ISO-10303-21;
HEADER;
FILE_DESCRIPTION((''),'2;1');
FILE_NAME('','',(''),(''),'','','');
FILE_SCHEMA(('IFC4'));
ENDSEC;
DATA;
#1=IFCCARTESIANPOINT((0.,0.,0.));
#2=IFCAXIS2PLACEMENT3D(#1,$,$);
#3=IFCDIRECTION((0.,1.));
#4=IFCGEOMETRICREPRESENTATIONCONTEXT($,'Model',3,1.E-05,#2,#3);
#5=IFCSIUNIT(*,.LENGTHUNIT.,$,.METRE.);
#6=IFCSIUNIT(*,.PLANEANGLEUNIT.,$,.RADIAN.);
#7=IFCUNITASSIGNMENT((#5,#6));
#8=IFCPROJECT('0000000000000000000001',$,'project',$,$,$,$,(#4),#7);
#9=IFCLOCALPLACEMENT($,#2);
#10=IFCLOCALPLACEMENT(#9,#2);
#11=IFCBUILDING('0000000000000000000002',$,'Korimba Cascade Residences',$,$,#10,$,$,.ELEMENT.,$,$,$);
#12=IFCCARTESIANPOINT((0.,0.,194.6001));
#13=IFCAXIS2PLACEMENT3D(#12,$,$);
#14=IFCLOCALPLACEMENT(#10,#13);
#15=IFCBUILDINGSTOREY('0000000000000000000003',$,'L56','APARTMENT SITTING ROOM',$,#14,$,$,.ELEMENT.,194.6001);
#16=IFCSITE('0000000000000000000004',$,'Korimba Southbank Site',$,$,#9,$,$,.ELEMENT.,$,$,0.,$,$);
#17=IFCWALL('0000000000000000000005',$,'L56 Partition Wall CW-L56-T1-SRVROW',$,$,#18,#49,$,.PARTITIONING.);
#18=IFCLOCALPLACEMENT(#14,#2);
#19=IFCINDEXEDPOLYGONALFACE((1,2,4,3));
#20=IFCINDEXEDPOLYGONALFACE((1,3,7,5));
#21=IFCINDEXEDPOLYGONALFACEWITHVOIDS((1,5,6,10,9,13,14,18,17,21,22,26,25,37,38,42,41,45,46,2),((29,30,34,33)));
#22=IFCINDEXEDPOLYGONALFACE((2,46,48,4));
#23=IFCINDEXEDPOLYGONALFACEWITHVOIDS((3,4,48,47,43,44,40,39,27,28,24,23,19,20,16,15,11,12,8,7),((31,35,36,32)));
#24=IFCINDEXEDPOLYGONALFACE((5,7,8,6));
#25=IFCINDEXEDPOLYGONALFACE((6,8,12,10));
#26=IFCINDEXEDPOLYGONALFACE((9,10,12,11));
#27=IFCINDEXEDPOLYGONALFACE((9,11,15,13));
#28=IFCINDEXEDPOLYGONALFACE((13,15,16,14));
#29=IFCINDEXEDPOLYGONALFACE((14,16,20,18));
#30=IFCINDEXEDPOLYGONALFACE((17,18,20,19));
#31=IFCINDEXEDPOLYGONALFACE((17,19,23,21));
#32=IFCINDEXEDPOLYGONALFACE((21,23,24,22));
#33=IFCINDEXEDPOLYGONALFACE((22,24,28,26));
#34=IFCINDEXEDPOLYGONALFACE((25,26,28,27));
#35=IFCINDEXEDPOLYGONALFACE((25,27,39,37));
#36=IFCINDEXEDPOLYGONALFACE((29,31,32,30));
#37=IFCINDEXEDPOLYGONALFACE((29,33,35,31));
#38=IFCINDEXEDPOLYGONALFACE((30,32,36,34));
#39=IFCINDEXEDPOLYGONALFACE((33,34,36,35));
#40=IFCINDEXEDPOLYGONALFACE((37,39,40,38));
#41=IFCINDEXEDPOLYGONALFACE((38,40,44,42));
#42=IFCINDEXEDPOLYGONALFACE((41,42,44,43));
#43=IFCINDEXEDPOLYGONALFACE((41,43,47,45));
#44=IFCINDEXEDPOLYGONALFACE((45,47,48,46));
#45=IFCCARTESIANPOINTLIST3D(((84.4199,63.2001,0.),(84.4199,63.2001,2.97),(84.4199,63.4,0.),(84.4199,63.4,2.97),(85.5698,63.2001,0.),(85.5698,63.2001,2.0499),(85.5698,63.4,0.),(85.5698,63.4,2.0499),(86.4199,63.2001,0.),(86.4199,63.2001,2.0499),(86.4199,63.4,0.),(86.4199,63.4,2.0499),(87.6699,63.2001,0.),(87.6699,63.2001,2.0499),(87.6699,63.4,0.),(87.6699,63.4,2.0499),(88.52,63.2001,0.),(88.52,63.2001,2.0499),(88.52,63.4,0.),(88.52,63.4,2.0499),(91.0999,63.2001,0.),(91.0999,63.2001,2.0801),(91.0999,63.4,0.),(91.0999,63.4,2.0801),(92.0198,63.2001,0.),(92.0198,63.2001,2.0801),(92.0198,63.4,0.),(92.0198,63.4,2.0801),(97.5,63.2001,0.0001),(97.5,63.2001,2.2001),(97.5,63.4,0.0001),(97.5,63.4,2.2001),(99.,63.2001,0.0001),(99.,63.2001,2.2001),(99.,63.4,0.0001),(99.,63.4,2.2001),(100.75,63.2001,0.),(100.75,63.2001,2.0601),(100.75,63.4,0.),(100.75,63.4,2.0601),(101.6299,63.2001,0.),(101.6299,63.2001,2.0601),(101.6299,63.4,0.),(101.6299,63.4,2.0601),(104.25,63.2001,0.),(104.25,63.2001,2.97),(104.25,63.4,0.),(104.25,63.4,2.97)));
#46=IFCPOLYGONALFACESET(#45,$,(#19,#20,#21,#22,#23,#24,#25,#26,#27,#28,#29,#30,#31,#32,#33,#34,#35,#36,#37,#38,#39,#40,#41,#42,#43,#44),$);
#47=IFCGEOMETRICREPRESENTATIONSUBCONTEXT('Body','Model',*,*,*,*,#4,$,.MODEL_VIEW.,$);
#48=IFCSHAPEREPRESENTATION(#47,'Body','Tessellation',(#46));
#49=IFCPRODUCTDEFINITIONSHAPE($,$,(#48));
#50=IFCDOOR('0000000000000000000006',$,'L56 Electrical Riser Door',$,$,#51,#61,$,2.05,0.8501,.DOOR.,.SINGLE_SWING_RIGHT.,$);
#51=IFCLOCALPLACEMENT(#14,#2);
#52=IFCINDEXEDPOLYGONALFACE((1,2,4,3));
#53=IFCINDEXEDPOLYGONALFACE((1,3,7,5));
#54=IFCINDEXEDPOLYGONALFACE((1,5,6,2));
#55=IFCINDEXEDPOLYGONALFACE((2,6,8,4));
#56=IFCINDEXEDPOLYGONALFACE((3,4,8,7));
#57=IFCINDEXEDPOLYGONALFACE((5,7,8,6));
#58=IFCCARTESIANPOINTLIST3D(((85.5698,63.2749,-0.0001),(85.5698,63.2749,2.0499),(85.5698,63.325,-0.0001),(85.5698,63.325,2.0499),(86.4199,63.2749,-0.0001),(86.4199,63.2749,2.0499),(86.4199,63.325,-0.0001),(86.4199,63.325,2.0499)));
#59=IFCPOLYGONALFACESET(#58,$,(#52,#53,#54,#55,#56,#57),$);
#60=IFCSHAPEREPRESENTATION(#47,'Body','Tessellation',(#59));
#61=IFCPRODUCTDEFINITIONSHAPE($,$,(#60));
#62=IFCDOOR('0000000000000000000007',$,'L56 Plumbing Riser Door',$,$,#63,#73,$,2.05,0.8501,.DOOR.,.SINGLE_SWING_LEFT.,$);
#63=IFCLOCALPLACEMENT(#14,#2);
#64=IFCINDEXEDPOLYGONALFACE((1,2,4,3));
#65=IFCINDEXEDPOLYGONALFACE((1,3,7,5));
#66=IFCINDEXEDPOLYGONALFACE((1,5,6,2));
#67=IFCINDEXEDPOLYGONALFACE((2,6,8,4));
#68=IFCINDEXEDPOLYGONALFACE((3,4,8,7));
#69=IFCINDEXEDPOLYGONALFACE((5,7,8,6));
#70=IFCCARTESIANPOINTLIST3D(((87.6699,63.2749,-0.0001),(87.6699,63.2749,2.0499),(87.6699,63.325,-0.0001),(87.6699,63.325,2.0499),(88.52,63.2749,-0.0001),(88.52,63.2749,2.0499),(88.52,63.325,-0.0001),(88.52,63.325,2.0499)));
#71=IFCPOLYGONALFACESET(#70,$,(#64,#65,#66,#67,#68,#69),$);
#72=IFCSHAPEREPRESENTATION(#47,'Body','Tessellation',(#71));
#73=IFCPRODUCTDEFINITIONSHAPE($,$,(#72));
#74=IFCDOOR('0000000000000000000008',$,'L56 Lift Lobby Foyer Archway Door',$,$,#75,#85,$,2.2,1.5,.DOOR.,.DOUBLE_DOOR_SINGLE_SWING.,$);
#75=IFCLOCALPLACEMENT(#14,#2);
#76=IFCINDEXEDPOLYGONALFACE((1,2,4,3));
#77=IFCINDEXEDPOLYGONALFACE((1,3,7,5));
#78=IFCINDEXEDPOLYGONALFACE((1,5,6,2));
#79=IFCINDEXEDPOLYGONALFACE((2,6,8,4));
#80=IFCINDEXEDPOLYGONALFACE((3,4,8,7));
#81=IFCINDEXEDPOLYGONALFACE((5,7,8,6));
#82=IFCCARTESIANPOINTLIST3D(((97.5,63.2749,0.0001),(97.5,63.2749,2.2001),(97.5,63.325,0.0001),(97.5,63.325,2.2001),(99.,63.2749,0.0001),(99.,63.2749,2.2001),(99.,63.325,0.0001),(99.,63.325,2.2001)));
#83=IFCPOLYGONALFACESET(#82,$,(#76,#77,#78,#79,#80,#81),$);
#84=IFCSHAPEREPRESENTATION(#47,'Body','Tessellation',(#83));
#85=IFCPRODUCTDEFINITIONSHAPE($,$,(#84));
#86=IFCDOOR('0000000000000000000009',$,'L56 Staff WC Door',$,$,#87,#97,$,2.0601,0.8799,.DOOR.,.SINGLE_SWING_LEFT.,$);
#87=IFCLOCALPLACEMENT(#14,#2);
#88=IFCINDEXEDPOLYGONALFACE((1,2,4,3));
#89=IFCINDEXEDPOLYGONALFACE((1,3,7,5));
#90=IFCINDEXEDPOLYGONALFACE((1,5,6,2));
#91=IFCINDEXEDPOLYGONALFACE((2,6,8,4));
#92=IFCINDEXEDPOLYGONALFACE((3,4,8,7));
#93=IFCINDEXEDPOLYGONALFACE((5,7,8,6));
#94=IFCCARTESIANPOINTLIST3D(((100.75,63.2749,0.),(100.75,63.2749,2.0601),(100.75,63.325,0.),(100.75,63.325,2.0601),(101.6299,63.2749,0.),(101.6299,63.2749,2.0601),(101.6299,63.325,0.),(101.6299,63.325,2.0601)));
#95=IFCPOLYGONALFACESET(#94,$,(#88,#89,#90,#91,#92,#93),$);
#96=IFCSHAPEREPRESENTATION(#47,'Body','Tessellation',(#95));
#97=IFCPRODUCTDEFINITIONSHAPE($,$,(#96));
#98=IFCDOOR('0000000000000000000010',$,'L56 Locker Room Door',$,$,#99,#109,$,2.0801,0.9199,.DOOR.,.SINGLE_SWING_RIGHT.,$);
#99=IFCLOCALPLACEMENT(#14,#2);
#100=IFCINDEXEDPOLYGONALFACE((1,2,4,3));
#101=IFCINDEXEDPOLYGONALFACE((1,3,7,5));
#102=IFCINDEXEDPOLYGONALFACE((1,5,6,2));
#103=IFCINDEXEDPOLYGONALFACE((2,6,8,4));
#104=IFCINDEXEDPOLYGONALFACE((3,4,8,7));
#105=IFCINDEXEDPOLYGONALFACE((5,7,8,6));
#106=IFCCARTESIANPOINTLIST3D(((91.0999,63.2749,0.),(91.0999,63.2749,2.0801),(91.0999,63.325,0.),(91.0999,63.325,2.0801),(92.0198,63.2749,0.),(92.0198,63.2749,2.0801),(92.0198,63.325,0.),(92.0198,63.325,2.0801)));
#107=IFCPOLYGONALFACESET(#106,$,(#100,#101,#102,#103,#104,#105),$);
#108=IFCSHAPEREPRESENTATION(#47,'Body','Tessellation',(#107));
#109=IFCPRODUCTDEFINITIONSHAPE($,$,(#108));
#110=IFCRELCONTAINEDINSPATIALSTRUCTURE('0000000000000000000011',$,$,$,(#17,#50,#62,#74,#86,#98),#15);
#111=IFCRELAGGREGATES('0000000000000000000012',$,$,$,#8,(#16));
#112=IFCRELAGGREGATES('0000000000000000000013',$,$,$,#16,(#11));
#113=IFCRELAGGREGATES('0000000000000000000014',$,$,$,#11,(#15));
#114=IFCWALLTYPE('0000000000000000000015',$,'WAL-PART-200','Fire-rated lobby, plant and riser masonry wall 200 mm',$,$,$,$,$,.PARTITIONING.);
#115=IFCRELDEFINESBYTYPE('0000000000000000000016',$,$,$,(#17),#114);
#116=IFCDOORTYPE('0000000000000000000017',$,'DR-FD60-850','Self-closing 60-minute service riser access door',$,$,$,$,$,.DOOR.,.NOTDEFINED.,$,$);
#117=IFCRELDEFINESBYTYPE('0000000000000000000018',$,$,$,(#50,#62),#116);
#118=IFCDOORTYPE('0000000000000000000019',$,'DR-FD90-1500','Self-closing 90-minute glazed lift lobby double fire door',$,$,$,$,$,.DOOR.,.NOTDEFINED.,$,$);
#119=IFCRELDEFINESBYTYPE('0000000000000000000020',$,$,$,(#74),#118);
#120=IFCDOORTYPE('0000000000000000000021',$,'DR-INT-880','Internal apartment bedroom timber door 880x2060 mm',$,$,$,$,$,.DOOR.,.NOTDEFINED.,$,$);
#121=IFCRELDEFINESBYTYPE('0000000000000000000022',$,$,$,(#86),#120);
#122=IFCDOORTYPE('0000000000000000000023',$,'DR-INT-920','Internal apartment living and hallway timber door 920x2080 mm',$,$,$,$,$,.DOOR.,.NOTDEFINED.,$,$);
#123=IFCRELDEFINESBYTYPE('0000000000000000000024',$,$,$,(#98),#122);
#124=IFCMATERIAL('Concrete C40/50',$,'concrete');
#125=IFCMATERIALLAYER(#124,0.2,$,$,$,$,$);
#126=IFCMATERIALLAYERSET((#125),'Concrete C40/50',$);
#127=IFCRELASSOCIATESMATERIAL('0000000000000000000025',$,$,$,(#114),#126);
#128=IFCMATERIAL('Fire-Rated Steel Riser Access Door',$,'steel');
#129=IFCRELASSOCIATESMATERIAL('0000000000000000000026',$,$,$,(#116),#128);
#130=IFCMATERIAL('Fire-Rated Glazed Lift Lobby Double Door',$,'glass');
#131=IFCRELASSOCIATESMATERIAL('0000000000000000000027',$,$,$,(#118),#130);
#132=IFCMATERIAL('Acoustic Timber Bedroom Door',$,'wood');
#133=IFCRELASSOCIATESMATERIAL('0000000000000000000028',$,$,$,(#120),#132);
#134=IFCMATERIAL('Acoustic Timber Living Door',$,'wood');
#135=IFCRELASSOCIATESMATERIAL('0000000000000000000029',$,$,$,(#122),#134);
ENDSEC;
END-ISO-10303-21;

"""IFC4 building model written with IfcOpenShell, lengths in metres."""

from ifc_helpers import new_model, si_unit, direction, frame, frame_2d, origin, place, context, subcontext, project, spatial, rectangle, extrude, material, layer, layer_set, type_object, element, fill, save


model = new_model("IFC4")

# Units and contexts
model_context = context("Model", 3, precision=1e-05, world=origin(), true_north=direction((0.0, 1.0)))
body_context = subcontext(model_context, "Body", "Model", "MODEL_VIEW")
ifc_project = project(units=[si_unit("LENGTHUNIT", "METRE"), si_unit("PLANEANGLEUNIT", "RADIAN")], contexts=[model_context])

# Site, building, storey
site_placement = place(None, origin())
site = spatial("IfcSite", under=ifc_project, at=site_placement, Name="Korimba Southbank Site", CompositionType="ELEMENT", RefElevation=0.0)
building_placement = place(site_placement, origin())
building = spatial("IfcBuilding", under=site, at=building_placement, Name="Korimba Cascade Residences", CompositionType="ELEMENT")
storey_placement = place(building_placement, frame((0.0, 0.0, 194.6001)))
storey = spatial("IfcBuildingStorey", under=building, at=storey_placement, Name="L56", Description="APARTMENT SITTING ROOM", CompositionType="ELEMENT", Elevation=194.6001)

# Shared definitions
ifc_material_1 = material(Name="Concrete C40/50", Category="concrete")
ifc_layer_1 = layer(ifc_material_1, 0.2)
ifc_layer_set_1 = layer_set([ifc_layer_1], Name="Concrete C40/50")
wall_type_1 = type_object("IfcWallType", Name="WAL-PART-200", Description="Fire-rated lobby, plant and riser masonry wall 200 mm", PredefinedType="PARTITIONING", material=ifc_layer_set_1)

# Wall, openings, doors
wall_1_placement = place(storey_placement, frame((84.4199, 63.3, 0.0), z_axis=(0.0, 0.0, 1.0), x_axis=(1.0, 0.0, 0.0)))
wall_1 = element("IfcWall", 1, at=wall_1_placement, inside=storey, type_object=wall_type_1, Name="L56 Partition Wall CW-L56-T1-SRVROW", PredefinedType="PARTITIONING", context=body_context, shape_type="SweptSolid", body=[
    extrude(rectangle(XDim=19.8301, YDim=0.2, at=frame_2d((9.915, 0.0))), origin(), (0.0, 0.0, 1.0), 2.97),
])
opening_1_placement = place(wall_1_placement, frame((1.1499, 0.0, 0.0)))
opening_1 = element("IfcOpeningElement", 2, at=opening_1_placement, cuts=wall_1, PredefinedType="OPENING", context=body_context, shape_type="SweptSolid", body=[
    extrude(rectangle(XDim=0.8501, YDim=2.05, at=frame_2d((0.425, 1.0249))), frame((0.0, 0.1099, 0.0), z_axis=(0.0, -1.0, 0.0), x_axis=(1.0, 0.0, 0.0)), (0.0, 0.0, 1.0), 0.22),
])
opening_2_placement = place(wall_1_placement, frame((3.25, 0.0, 0.0)))
opening_2 = element("IfcOpeningElement", 3, at=opening_2_placement, cuts=wall_1, PredefinedType="OPENING", context=body_context, shape_type="SweptSolid", body=[
    extrude(rectangle(XDim=0.8501, YDim=2.05, at=frame_2d((0.425, 1.0249))), frame((0.0, 0.1099, 0.0), z_axis=(0.0, -1.0, 0.0), x_axis=(1.0, 0.0, 0.0)), (0.0, 0.0, 1.0), 0.22),
])
opening_3_placement = place(wall_1_placement, frame((13.0801, 0.0, 0.0)))
opening_3 = element("IfcOpeningElement", 4, at=opening_3_placement, cuts=wall_1, PredefinedType="OPENING", context=body_context, shape_type="SweptSolid", body=[
    extrude(rectangle(XDim=1.5, YDim=2.2, at=frame_2d((0.75, 1.1001))), frame((0.0, 0.1099, 0.0), z_axis=(0.0, -1.0, 0.0), x_axis=(1.0, 0.0, 0.0)), (0.0, 0.0, 1.0), 0.22),
])
opening_4_placement = place(wall_1_placement, frame((6.6799, 0.0, 0.0)))
opening_4 = element("IfcOpeningElement", 5, at=opening_4_placement, cuts=wall_1, PredefinedType="OPENING", context=body_context, shape_type="SweptSolid", body=[
    extrude(rectangle(XDim=0.9199, YDim=2.0801, at=frame_2d((0.46, 1.04))), frame((0.0, 0.1099, 0.0), z_axis=(0.0, -1.0, 0.0), x_axis=(1.0, 0.0, 0.0)), (0.0, 0.0, 1.0), 0.22),
])
opening_5_placement = place(wall_1_placement, frame((16.3301, 0.0, 0.0)))
opening_5 = element("IfcOpeningElement", 6, at=opening_5_placement, cuts=wall_1, PredefinedType="OPENING", context=body_context, shape_type="SweptSolid", body=[
    extrude(rectangle(XDim=0.8799, YDim=2.0601, at=frame_2d((0.4399, 1.03))), frame((0.0, 0.1099, 0.0), z_axis=(0.0, -1.0, 0.0), x_axis=(1.0, 0.0, 0.0)), (0.0, 0.0, 1.0), 0.22),
])
ifc_material_2 = material(Name="Fire-Rated Steel Riser Access Door", Category="steel")
door_type_1 = type_object("IfcDoorType", Name="DR-FD60-850", Description="Self-closing 60-minute service riser access door", OperationType="NOTDEFINED", PredefinedType="DOOR", material=ifc_material_2)
door_1_placement = place(opening_1_placement, origin())
door_1 = element("IfcDoor", 7, at=door_1_placement, inside=storey, type_object=door_type_1, Name="L56 Electrical Riser Door", OperationType="SINGLE_SWING_RIGHT", OverallHeight=2.05, OverallWidth=0.8501, PredefinedType="DOOR", context=body_context, shape_type="SweptSolid", body=[
    extrude(rectangle(XDim=0.8501, YDim=2.05, at=frame_2d((0.425, 1.0249))), frame((0.0, 0.0249, 0.0), z_axis=(0.0, -1.0, 0.0), x_axis=(1.0, 0.0, 0.0)), (0.0, 0.0, 1.0), 0.05),
])
fill(opening_1, door_1)
door_2_placement = place(opening_2_placement, origin())
door_2 = element("IfcDoor", 8, at=door_2_placement, inside=storey, type_object=door_type_1, Name="L56 Plumbing Riser Door", OperationType="SINGLE_SWING_LEFT", OverallHeight=2.05, OverallWidth=0.8501, PredefinedType="DOOR", context=body_context, shape_type="SweptSolid", body=[
    extrude(rectangle(XDim=0.8501, YDim=2.05, at=frame_2d((0.425, 1.0249))), frame((0.0, 0.0249, 0.0), z_axis=(0.0, -1.0, 0.0), x_axis=(1.0, 0.0, 0.0)), (0.0, 0.0, 1.0), 0.05),
])
fill(opening_2, door_2)
ifc_material_3 = material(Name="Fire-Rated Glazed Lift Lobby Double Door", Category="glass")
door_type_2 = type_object("IfcDoorType", Name="DR-FD90-1500", Description="Self-closing 90-minute glazed lift lobby double fire door", OperationType="NOTDEFINED", PredefinedType="DOOR", material=ifc_material_3)
door_3_placement = place(opening_3_placement, origin())
door_3 = element("IfcDoor", 9, at=door_3_placement, inside=storey, type_object=door_type_2, Name="L56 Lift Lobby Foyer Archway Door", OperationType="DOUBLE_DOOR_SINGLE_SWING", OverallHeight=2.2, OverallWidth=1.5, PredefinedType="DOOR", context=body_context, shape_type="SweptSolid", body=[
    extrude(rectangle(XDim=1.5, YDim=2.2, at=frame_2d((0.75, 1.1001))), frame((0.0, 0.0249, 0.0), z_axis=(0.0, -1.0, 0.0), x_axis=(1.0, 0.0, 0.0)), (0.0, 0.0, 1.0), 0.05),
])
fill(opening_3, door_3)
ifc_material_4 = material(Name="Acoustic Timber Bedroom Door", Category="wood")
door_type_3 = type_object("IfcDoorType", Name="DR-INT-880", Description="Internal apartment bedroom timber door 880x2060 mm", OperationType="NOTDEFINED", PredefinedType="DOOR", material=ifc_material_4)
door_4_placement = place(opening_5_placement, origin())
door_4 = element("IfcDoor", 10, at=door_4_placement, inside=storey, type_object=door_type_3, Name="L56 Staff WC Door", OperationType="SINGLE_SWING_LEFT", OverallHeight=2.0601, OverallWidth=0.8799, PredefinedType="DOOR", context=body_context, shape_type="SweptSolid", body=[
    extrude(rectangle(XDim=0.8799, YDim=2.0601, at=frame_2d((0.4399, 1.03))), frame((0.0, 0.0249, 0.0), z_axis=(0.0, -1.0, 0.0), x_axis=(1.0, 0.0, 0.0)), (0.0, 0.0, 1.0), 0.05),
])
fill(opening_5, door_4)
ifc_material_5 = material(Name="Acoustic Timber Living Door", Category="wood")
door_type_4 = type_object("IfcDoorType", Name="DR-INT-920", Description="Internal apartment living and hallway timber door 920x2080 mm", OperationType="NOTDEFINED", PredefinedType="DOOR", material=ifc_material_5)
door_5_placement = place(opening_4_placement, origin())
door_5 = element("IfcDoor", 11, at=door_5_placement, inside=storey, type_object=door_type_4, Name="L56 Locker Room Door", OperationType="SINGLE_SWING_RIGHT", OverallHeight=2.0801, OverallWidth=0.9199, PredefinedType="DOOR", context=body_context, shape_type="SweptSolid", body=[
    extrude(rectangle(XDim=0.9199, YDim=2.0801, at=frame_2d((0.46, 1.04))), frame((0.0, 0.0249, 0.0), z_axis=(0.0, -1.0, 0.0), x_axis=(1.0, 0.0, 0.0)), (0.0, 0.0, 1.0), 0.05),
])
fill(opening_4, door_5)

save(model, "model.ifc")
